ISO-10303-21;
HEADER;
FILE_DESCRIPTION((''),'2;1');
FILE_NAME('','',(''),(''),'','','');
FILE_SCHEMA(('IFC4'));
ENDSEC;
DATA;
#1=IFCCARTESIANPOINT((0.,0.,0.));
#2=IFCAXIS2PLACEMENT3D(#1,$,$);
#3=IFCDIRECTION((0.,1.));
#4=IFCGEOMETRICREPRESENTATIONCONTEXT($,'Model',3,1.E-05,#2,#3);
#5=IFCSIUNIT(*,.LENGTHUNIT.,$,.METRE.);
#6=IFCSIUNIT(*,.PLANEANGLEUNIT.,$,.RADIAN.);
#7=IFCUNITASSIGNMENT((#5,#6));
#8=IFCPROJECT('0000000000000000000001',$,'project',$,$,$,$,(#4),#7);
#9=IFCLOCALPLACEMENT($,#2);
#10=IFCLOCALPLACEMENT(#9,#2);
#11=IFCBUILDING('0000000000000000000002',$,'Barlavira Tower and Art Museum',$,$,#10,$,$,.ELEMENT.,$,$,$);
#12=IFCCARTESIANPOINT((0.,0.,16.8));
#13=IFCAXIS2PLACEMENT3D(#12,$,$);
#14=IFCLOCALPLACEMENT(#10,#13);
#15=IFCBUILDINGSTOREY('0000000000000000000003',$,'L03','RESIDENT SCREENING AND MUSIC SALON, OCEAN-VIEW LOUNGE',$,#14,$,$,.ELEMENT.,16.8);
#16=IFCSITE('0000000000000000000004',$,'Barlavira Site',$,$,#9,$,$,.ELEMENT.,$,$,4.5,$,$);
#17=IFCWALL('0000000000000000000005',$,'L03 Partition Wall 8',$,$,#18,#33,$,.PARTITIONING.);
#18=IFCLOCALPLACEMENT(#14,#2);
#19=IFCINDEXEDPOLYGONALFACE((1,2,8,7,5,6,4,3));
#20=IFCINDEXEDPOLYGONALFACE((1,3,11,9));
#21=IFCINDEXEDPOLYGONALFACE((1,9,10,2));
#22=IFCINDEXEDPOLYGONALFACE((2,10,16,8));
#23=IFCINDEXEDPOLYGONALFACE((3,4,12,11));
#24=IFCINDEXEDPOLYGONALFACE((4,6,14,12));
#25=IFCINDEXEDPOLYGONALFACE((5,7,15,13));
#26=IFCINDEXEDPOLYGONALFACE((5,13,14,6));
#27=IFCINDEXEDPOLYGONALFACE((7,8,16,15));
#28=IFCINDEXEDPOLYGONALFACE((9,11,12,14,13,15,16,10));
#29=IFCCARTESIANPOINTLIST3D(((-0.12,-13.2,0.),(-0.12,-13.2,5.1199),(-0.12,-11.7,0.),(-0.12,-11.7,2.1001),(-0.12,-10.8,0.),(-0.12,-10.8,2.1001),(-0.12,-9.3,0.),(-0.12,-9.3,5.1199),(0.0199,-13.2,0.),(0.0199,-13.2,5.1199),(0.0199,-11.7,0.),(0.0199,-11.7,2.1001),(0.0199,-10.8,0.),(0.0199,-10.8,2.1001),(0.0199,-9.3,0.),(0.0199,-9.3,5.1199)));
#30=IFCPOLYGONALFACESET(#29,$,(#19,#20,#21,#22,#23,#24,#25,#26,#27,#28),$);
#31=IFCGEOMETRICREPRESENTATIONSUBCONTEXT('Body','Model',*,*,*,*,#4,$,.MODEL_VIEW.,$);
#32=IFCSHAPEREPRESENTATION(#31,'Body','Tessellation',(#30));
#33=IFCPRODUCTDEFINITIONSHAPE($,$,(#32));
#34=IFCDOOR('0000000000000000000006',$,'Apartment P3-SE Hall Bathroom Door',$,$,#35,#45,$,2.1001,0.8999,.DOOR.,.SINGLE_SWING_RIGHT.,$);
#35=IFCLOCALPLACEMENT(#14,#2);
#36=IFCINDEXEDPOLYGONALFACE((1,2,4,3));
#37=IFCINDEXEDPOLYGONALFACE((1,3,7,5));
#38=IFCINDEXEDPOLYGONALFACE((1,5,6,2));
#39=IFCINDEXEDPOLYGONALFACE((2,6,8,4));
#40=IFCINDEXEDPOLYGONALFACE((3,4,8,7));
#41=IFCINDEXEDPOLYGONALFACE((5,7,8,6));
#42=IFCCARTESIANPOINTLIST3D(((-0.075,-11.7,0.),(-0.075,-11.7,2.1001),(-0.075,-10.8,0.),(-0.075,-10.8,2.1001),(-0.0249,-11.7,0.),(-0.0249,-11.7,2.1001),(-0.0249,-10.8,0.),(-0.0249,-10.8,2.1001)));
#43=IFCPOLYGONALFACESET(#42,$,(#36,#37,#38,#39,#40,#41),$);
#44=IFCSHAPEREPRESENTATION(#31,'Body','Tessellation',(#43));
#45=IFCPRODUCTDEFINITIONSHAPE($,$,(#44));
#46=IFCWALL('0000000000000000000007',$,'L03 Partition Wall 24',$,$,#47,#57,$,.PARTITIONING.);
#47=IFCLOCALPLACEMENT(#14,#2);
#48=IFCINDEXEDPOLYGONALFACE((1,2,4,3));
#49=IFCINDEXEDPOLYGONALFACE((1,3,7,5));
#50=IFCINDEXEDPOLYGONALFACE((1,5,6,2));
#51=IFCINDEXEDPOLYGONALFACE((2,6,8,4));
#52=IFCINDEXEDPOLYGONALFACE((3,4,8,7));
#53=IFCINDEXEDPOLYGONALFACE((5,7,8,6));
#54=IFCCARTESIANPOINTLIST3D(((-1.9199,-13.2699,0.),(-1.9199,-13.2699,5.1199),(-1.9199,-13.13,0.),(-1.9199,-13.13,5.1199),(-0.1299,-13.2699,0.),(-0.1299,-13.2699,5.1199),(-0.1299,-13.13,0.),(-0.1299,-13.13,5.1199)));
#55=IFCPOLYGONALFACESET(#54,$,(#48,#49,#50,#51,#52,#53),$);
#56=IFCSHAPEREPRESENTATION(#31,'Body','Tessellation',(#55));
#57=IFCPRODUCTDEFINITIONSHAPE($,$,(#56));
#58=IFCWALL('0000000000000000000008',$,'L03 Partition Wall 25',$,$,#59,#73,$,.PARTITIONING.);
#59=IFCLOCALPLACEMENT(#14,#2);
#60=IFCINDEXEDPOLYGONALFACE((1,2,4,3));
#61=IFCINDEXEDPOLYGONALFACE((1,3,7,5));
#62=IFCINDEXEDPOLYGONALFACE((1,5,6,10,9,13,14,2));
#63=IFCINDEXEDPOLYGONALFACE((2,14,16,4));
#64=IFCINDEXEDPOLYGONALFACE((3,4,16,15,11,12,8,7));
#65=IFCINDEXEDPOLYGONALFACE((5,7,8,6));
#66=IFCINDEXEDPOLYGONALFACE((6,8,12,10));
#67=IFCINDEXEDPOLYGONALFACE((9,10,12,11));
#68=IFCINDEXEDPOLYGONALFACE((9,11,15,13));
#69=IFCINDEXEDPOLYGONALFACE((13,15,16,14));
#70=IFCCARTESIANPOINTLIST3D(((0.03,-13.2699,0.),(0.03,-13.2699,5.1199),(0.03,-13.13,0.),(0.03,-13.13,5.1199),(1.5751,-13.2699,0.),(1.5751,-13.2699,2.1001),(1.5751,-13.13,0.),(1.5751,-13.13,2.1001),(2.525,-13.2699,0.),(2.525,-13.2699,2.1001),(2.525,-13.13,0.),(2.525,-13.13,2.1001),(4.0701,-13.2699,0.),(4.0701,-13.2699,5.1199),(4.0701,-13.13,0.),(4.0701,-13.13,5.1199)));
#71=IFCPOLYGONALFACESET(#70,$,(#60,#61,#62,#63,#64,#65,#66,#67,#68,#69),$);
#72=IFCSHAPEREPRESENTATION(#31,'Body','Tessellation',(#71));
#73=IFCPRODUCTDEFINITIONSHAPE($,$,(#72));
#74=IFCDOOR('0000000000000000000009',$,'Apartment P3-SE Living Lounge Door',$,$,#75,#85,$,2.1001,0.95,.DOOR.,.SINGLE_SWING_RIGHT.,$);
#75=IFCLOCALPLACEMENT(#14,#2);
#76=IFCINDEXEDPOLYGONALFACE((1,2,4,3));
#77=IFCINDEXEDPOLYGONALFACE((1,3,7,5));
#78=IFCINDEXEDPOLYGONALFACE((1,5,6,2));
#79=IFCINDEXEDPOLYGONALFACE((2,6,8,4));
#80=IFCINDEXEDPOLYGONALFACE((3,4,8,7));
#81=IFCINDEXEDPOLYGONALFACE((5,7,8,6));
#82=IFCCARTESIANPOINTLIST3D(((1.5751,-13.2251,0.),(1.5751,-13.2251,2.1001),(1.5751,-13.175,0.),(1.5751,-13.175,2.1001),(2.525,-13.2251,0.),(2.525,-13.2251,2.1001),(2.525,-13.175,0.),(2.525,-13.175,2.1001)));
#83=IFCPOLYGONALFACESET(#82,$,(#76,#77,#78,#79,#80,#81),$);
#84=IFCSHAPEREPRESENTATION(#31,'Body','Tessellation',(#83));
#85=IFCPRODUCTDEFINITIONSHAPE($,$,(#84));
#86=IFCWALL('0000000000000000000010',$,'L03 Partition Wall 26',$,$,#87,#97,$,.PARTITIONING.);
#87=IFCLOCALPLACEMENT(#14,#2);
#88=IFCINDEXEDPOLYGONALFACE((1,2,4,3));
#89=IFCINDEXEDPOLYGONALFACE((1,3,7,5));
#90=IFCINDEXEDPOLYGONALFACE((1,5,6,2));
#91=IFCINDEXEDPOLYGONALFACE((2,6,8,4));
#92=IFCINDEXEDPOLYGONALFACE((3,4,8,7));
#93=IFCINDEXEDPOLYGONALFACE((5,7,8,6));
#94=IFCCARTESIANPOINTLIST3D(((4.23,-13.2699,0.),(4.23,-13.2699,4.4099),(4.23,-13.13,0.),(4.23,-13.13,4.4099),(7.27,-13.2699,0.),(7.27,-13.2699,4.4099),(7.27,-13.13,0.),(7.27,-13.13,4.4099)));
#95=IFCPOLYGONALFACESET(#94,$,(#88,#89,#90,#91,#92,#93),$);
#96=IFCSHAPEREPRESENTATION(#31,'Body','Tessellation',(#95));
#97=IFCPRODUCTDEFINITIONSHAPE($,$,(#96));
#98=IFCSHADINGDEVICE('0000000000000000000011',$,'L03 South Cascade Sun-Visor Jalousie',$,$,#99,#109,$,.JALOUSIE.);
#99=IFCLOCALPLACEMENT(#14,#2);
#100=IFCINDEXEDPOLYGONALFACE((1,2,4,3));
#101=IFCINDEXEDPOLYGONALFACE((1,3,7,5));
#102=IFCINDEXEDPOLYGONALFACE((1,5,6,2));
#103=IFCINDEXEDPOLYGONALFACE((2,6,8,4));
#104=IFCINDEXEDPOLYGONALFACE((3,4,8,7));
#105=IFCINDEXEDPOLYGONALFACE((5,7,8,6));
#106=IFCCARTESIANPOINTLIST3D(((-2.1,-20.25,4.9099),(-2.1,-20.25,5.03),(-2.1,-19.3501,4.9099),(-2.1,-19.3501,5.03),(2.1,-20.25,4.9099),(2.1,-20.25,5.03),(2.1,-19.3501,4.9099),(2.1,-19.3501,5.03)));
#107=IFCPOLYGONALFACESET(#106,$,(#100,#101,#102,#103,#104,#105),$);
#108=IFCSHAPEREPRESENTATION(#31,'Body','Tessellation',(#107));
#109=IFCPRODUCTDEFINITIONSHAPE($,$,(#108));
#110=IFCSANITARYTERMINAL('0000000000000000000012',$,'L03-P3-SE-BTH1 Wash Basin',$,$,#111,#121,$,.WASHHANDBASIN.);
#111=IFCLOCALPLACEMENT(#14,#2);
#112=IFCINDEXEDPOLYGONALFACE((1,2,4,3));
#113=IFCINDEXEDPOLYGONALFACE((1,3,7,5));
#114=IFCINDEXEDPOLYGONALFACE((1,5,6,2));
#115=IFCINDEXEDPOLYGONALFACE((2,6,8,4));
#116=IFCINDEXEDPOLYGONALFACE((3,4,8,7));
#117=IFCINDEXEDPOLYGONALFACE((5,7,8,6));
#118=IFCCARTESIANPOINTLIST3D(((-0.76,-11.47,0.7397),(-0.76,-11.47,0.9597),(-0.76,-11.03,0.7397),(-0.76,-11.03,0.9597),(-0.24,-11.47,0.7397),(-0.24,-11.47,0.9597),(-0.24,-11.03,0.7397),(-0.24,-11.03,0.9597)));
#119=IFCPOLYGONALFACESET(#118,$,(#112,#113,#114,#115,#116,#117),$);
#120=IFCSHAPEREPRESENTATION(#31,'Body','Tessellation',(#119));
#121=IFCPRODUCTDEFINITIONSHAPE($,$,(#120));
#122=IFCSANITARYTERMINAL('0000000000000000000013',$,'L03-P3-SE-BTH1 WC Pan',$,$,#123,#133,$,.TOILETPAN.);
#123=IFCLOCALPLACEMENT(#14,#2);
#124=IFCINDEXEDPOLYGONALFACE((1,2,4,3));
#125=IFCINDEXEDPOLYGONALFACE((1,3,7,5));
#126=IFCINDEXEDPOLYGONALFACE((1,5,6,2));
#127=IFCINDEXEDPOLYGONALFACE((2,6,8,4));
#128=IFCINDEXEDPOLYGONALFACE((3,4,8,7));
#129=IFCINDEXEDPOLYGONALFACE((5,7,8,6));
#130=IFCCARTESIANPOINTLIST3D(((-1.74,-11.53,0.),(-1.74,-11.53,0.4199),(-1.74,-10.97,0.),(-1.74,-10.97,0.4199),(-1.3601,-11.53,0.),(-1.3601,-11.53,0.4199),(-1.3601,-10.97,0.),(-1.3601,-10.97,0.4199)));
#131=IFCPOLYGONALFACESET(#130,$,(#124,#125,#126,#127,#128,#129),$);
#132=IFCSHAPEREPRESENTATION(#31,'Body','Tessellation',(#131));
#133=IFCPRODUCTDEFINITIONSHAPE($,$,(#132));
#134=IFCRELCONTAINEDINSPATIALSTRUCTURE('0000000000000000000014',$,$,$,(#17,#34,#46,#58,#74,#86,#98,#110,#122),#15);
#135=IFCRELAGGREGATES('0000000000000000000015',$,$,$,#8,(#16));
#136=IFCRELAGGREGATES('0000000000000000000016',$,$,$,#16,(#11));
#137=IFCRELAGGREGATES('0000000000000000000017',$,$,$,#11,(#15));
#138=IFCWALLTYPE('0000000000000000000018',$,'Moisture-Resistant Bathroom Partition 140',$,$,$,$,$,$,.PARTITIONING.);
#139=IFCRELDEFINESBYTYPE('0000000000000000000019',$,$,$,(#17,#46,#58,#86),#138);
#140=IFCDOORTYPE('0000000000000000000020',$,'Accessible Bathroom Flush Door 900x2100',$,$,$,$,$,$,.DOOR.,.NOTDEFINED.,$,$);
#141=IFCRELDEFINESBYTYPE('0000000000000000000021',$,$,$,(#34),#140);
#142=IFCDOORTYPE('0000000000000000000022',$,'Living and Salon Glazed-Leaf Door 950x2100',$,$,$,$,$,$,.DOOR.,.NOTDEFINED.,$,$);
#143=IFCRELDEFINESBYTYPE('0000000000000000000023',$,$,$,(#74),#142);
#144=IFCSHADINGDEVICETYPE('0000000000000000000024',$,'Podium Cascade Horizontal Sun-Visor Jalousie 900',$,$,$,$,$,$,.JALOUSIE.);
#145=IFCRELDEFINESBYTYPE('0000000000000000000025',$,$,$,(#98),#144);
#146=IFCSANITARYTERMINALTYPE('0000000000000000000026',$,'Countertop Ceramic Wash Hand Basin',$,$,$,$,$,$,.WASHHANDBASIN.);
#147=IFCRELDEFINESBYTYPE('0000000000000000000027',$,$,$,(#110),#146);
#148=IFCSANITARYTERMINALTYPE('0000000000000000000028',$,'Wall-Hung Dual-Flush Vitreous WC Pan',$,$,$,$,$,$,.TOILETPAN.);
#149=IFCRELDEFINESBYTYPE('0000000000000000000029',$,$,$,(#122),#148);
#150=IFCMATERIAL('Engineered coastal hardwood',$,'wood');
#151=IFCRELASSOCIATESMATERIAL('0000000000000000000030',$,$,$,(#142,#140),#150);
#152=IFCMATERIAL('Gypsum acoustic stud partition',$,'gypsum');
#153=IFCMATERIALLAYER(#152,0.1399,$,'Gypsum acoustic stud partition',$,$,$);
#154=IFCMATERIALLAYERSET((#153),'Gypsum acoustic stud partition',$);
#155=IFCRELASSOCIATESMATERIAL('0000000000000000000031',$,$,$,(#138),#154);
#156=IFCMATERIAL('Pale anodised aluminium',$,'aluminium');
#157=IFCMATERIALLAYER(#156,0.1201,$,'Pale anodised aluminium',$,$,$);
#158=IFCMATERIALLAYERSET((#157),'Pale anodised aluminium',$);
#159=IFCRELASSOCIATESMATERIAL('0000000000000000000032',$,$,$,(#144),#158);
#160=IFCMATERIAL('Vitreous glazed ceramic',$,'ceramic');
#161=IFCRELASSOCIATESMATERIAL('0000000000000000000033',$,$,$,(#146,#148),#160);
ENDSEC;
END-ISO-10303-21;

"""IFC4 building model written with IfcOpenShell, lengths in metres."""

from ifc_helpers import new_model, si_unit, direction, frame, frame_2d, origin, origin_2d, place, context, subcontext, project, spatial, rectangle, extrude, material, layer, layer_set, type_object, element, fill, save


model = new_model("IFC4")

# Units and contexts
model_context = context("Model", 3, precision=1e-05, world=origin(), true_north=direction((0.0, 1.0)))
body_context = subcontext(model_context, "Body", "Model", "MODEL_VIEW")
ifc_project = project(units=[si_unit("LENGTHUNIT", "METRE"), si_unit("PLANEANGLEUNIT", "RADIAN")], contexts=[model_context])

# Site, building, storey
site_placement = place(None, origin())
site = spatial("IfcSite", under=ifc_project, at=site_placement, Name="Barlavira Site", CompositionType="ELEMENT", RefElevation=4.5)
building_placement = place(site_placement, origin())
building = spatial("IfcBuilding", under=site, at=building_placement, Name="Barlavira Tower and Art Museum", CompositionType="ELEMENT")
storey_placement = place(building_placement, frame((0.0, 0.0, 16.8)))
storey = spatial("IfcBuildingStorey", under=building, at=storey_placement, Name="L03", Description="RESIDENT SCREENING AND MUSIC SALON, OCEAN-VIEW LOUNGE", CompositionType="ELEMENT", Elevation=16.8)

# Shared definitions
ifc_material_1 = material(Name="Pale anodised aluminium", Category="aluminium")

# Shared definitions
ifc_material_2 = material(Name="Gypsum acoustic stud partition", Category="gypsum")
ifc_material_3 = material(Name="Engineered coastal hardwood", Category="wood")
door_type_1 = type_object("IfcDoorType", Name="Living and Salon Glazed-Leaf Door 950x2100", OperationType="NOTDEFINED", PredefinedType="DOOR", material=ifc_material_3)

# Wall, opening, door
ifc_layer_1 = layer(ifc_material_2, 0.1399, Name="Gypsum acoustic stud partition")
ifc_layer_set_1 = layer_set([ifc_layer_1], Name="Gypsum acoustic stud partition")
wall_type_1 = type_object("IfcWallType", Name="Moisture-Resistant Bathroom Partition 140", PredefinedType="PARTITIONING", material=ifc_layer_set_1)
wall_1_placement = place(storey_placement, frame((-0.05, -13.2, 0.0), z_axis=(0.0, 0.0, 1.0), x_axis=(0.0, 1.0, 0.0)))
wall_1 = element("IfcWall", 1, at=wall_1_placement, inside=storey, type_object=wall_type_1, Name="L03 Partition Wall 8", PredefinedType="PARTITIONING", context=body_context, shape_type="SweptSolid", body=[
    extrude(rectangle(XDim=3.8999, YDim=0.1399, at=frame_2d((1.95, 0.0))), origin(), (0.0, 0.0, 1.0), 5.1199),
])
opening_1_placement = place(wall_1_placement, frame((1.5, 0.0, 0.0)))
opening_1 = element("IfcOpeningElement", 2, at=opening_1_placement, cuts=wall_1, PredefinedType="OPENING", context=body_context, shape_type="SweptSolid", body=[
    extrude(rectangle(XDim=0.8999, YDim=2.1001, at=frame_2d((0.45, 1.05))), frame((0.0, 0.0801, 0.0), z_axis=(0.0, -1.0, 0.0), x_axis=(1.0, 0.0, 0.0)), (0.0, 0.0, 1.0), 0.1599),
])
door_type_2 = type_object("IfcDoorType", Name="Accessible Bathroom Flush Door 900x2100", OperationType="NOTDEFINED", PredefinedType="DOOR", material=ifc_material_3)
door_1_placement = place(opening_1_placement, origin())
door_1 = element("IfcDoor", 3, at=door_1_placement, inside=storey, type_object=door_type_2, Name="Apartment P3-SE Hall Bathroom Door", OperationType="SINGLE_SWING_RIGHT", OverallHeight=2.1001, OverallWidth=0.8999, PredefinedType="DOOR", context=body_context, shape_type="SweptSolid", body=[
    extrude(rectangle(XDim=0.8999, YDim=2.1001, at=frame_2d((0.45, 1.05))), frame((0.0, 0.0249, 0.0), z_axis=(0.0, -1.0, 0.0), x_axis=(1.0, 0.0, 0.0)), (0.0, 0.0, 1.0), 0.05),
])
fill(opening_1, door_1)

# Wall
wall_2_placement = place(storey_placement, frame((-1.9199, -13.2, 0.0), z_axis=(0.0, 0.0, 1.0), x_axis=(1.0, 0.0, 0.0)))
element("IfcWall", 4, at=wall_2_placement, inside=storey, type_object=wall_type_1, Name="L03 Partition Wall 24", PredefinedType="PARTITIONING", context=body_context, shape_type="SweptSolid", body=[
    extrude(rectangle(XDim=1.79, YDim=0.1399, at=frame_2d((0.895, 0.0))), origin(), (0.0, 0.0, 1.0), 5.1199),
])

# Wall, opening, door
wall_3_placement = place(storey_placement, frame((0.03, -13.2, 0.0), z_axis=(0.0, 0.0, 1.0), x_axis=(1.0, 0.0, 0.0)))
wall_3 = element("IfcWall", 5, at=wall_3_placement, inside=storey, type_object=wall_type_1, Name="L03 Partition Wall 25", PredefinedType="PARTITIONING", context=body_context, shape_type="SweptSolid", body=[
    extrude(rectangle(XDim=4.04, YDim=0.1399, at=frame_2d((2.02, 0.0))), origin(), (0.0, 0.0, 1.0), 5.1199),
])
opening_2_placement = place(wall_3_placement, frame((1.5449, 0.0, 0.0)))
opening_2 = element("IfcOpeningElement", 6, at=opening_2_placement, cuts=wall_3, PredefinedType="OPENING", context=body_context, shape_type="SweptSolid", body=[
    extrude(rectangle(XDim=0.95, YDim=2.1001, at=frame_2d((0.4751, 1.05))), frame((0.0, 0.0801, 0.0), z_axis=(0.0, -1.0, 0.0), x_axis=(1.0, 0.0, 0.0)), (0.0, 0.0, 1.0), 0.1599),
])
door_2_placement = place(opening_2_placement, origin())
door_2 = element("IfcDoor", 7, at=door_2_placement, inside=storey, type_object=door_type_1, Name="Apartment P3-SE Living Lounge Door", OperationType="SINGLE_SWING_RIGHT", OverallHeight=2.1001, OverallWidth=0.95, PredefinedType="DOOR", context=body_context, shape_type="SweptSolid", body=[
    extrude(rectangle(XDim=0.95, YDim=2.1001, at=frame_2d((0.4751, 1.05))), frame((0.0, 0.0249, 0.0), z_axis=(0.0, -1.0, 0.0), x_axis=(1.0, 0.0, 0.0)), (0.0, 0.0, 1.0), 0.05),
])
fill(opening_2, door_2)

# Wall
wall_4_placement = place(storey_placement, frame((4.23, -13.2, 0.0), z_axis=(0.0, 0.0, 1.0), x_axis=(1.0, 0.0, 0.0)))
element("IfcWall", 8, at=wall_4_placement, inside=storey, type_object=wall_type_1, Name="L03 Partition Wall 26", PredefinedType="PARTITIONING", context=body_context, shape_type="SweptSolid", body=[
    extrude(rectangle(XDim=3.04, YDim=0.1399, at=frame_2d((1.52, 0.0))), origin(), (0.0, 0.0, 1.0), 4.4099),
])

# Shading device
ifc_layer_2 = layer(ifc_material_1, 0.1201, Name="Pale anodised aluminium")
ifc_layer_set_2 = layer_set([ifc_layer_2], Name="Pale anodised aluminium")
shading_device_type = type_object("IfcShadingDeviceType", Name="Podium Cascade Horizontal Sun-Visor Jalousie 900", PredefinedType="JALOUSIE", material=ifc_layer_set_2)
shading_device_placement = place(storey_placement, frame((0.0, -19.8, 4.9099), z_axis=(0.0, 0.0, 1.0), x_axis=(1.0, 0.0, 0.0)))
element("IfcShadingDevice", 9, at=shading_device_placement, inside=storey, type_object=shading_device_type, Name="L03 South Cascade Sun-Visor Jalousie", PredefinedType="JALOUSIE", context=body_context, shape_type="SweptSolid", body=[
    extrude(rectangle(XDim=4.2, YDim=0.8999, at=origin_2d()), origin(), (0.0, 0.0, 1.0), 0.1201),
])

# Sanitary terminals
ifc_material_4 = material(Name="Vitreous glazed ceramic", Category="ceramic")
sanitary_terminal_type_1 = type_object("IfcSanitaryTerminalType", Name="Countertop Ceramic Wash Hand Basin", PredefinedType="WASHHANDBASIN", material=ifc_material_4)
sanitary_terminal_1_placement = place(storey_placement, frame((-0.5, -11.25, 0.7397), z_axis=(0.0, 0.0, 1.0), x_axis=(1.0, 0.0, 0.0)))
element("IfcSanitaryTerminal", 10, at=sanitary_terminal_1_placement, inside=storey, type_object=sanitary_terminal_type_1, Name="L03-P3-SE-BTH1 Wash Basin", PredefinedType="WASHHANDBASIN", context=body_context, shape_type="SweptSolid", body=[
    extrude(rectangle(XDim=0.52, YDim=0.4399, at=origin_2d()), origin(), (0.0, 0.0, 1.0), 0.22),
])
sanitary_terminal_type_2 = type_object("IfcSanitaryTerminalType", Name="Wall-Hung Dual-Flush Vitreous WC Pan", PredefinedType="TOILETPAN", material=ifc_material_4)
sanitary_terminal_2_placement = place(storey_placement, frame((-1.55, -11.25, 0.0), z_axis=(0.0, 0.0, 1.0), x_axis=(1.0, 0.0, 0.0)))
element("IfcSanitaryTerminal", 11, at=sanitary_terminal_2_placement, inside=storey, type_object=sanitary_terminal_type_2, Name="L03-P3-SE-BTH1 WC Pan", PredefinedType="TOILETPAN", context=body_context, shape_type="SweptSolid", body=[
    extrude(rectangle(XDim=0.3799, YDim=0.5601, at=origin_2d()), origin(), (0.0, 0.0, 1.0), 0.4199),
])

save(model, "model.ifc")
